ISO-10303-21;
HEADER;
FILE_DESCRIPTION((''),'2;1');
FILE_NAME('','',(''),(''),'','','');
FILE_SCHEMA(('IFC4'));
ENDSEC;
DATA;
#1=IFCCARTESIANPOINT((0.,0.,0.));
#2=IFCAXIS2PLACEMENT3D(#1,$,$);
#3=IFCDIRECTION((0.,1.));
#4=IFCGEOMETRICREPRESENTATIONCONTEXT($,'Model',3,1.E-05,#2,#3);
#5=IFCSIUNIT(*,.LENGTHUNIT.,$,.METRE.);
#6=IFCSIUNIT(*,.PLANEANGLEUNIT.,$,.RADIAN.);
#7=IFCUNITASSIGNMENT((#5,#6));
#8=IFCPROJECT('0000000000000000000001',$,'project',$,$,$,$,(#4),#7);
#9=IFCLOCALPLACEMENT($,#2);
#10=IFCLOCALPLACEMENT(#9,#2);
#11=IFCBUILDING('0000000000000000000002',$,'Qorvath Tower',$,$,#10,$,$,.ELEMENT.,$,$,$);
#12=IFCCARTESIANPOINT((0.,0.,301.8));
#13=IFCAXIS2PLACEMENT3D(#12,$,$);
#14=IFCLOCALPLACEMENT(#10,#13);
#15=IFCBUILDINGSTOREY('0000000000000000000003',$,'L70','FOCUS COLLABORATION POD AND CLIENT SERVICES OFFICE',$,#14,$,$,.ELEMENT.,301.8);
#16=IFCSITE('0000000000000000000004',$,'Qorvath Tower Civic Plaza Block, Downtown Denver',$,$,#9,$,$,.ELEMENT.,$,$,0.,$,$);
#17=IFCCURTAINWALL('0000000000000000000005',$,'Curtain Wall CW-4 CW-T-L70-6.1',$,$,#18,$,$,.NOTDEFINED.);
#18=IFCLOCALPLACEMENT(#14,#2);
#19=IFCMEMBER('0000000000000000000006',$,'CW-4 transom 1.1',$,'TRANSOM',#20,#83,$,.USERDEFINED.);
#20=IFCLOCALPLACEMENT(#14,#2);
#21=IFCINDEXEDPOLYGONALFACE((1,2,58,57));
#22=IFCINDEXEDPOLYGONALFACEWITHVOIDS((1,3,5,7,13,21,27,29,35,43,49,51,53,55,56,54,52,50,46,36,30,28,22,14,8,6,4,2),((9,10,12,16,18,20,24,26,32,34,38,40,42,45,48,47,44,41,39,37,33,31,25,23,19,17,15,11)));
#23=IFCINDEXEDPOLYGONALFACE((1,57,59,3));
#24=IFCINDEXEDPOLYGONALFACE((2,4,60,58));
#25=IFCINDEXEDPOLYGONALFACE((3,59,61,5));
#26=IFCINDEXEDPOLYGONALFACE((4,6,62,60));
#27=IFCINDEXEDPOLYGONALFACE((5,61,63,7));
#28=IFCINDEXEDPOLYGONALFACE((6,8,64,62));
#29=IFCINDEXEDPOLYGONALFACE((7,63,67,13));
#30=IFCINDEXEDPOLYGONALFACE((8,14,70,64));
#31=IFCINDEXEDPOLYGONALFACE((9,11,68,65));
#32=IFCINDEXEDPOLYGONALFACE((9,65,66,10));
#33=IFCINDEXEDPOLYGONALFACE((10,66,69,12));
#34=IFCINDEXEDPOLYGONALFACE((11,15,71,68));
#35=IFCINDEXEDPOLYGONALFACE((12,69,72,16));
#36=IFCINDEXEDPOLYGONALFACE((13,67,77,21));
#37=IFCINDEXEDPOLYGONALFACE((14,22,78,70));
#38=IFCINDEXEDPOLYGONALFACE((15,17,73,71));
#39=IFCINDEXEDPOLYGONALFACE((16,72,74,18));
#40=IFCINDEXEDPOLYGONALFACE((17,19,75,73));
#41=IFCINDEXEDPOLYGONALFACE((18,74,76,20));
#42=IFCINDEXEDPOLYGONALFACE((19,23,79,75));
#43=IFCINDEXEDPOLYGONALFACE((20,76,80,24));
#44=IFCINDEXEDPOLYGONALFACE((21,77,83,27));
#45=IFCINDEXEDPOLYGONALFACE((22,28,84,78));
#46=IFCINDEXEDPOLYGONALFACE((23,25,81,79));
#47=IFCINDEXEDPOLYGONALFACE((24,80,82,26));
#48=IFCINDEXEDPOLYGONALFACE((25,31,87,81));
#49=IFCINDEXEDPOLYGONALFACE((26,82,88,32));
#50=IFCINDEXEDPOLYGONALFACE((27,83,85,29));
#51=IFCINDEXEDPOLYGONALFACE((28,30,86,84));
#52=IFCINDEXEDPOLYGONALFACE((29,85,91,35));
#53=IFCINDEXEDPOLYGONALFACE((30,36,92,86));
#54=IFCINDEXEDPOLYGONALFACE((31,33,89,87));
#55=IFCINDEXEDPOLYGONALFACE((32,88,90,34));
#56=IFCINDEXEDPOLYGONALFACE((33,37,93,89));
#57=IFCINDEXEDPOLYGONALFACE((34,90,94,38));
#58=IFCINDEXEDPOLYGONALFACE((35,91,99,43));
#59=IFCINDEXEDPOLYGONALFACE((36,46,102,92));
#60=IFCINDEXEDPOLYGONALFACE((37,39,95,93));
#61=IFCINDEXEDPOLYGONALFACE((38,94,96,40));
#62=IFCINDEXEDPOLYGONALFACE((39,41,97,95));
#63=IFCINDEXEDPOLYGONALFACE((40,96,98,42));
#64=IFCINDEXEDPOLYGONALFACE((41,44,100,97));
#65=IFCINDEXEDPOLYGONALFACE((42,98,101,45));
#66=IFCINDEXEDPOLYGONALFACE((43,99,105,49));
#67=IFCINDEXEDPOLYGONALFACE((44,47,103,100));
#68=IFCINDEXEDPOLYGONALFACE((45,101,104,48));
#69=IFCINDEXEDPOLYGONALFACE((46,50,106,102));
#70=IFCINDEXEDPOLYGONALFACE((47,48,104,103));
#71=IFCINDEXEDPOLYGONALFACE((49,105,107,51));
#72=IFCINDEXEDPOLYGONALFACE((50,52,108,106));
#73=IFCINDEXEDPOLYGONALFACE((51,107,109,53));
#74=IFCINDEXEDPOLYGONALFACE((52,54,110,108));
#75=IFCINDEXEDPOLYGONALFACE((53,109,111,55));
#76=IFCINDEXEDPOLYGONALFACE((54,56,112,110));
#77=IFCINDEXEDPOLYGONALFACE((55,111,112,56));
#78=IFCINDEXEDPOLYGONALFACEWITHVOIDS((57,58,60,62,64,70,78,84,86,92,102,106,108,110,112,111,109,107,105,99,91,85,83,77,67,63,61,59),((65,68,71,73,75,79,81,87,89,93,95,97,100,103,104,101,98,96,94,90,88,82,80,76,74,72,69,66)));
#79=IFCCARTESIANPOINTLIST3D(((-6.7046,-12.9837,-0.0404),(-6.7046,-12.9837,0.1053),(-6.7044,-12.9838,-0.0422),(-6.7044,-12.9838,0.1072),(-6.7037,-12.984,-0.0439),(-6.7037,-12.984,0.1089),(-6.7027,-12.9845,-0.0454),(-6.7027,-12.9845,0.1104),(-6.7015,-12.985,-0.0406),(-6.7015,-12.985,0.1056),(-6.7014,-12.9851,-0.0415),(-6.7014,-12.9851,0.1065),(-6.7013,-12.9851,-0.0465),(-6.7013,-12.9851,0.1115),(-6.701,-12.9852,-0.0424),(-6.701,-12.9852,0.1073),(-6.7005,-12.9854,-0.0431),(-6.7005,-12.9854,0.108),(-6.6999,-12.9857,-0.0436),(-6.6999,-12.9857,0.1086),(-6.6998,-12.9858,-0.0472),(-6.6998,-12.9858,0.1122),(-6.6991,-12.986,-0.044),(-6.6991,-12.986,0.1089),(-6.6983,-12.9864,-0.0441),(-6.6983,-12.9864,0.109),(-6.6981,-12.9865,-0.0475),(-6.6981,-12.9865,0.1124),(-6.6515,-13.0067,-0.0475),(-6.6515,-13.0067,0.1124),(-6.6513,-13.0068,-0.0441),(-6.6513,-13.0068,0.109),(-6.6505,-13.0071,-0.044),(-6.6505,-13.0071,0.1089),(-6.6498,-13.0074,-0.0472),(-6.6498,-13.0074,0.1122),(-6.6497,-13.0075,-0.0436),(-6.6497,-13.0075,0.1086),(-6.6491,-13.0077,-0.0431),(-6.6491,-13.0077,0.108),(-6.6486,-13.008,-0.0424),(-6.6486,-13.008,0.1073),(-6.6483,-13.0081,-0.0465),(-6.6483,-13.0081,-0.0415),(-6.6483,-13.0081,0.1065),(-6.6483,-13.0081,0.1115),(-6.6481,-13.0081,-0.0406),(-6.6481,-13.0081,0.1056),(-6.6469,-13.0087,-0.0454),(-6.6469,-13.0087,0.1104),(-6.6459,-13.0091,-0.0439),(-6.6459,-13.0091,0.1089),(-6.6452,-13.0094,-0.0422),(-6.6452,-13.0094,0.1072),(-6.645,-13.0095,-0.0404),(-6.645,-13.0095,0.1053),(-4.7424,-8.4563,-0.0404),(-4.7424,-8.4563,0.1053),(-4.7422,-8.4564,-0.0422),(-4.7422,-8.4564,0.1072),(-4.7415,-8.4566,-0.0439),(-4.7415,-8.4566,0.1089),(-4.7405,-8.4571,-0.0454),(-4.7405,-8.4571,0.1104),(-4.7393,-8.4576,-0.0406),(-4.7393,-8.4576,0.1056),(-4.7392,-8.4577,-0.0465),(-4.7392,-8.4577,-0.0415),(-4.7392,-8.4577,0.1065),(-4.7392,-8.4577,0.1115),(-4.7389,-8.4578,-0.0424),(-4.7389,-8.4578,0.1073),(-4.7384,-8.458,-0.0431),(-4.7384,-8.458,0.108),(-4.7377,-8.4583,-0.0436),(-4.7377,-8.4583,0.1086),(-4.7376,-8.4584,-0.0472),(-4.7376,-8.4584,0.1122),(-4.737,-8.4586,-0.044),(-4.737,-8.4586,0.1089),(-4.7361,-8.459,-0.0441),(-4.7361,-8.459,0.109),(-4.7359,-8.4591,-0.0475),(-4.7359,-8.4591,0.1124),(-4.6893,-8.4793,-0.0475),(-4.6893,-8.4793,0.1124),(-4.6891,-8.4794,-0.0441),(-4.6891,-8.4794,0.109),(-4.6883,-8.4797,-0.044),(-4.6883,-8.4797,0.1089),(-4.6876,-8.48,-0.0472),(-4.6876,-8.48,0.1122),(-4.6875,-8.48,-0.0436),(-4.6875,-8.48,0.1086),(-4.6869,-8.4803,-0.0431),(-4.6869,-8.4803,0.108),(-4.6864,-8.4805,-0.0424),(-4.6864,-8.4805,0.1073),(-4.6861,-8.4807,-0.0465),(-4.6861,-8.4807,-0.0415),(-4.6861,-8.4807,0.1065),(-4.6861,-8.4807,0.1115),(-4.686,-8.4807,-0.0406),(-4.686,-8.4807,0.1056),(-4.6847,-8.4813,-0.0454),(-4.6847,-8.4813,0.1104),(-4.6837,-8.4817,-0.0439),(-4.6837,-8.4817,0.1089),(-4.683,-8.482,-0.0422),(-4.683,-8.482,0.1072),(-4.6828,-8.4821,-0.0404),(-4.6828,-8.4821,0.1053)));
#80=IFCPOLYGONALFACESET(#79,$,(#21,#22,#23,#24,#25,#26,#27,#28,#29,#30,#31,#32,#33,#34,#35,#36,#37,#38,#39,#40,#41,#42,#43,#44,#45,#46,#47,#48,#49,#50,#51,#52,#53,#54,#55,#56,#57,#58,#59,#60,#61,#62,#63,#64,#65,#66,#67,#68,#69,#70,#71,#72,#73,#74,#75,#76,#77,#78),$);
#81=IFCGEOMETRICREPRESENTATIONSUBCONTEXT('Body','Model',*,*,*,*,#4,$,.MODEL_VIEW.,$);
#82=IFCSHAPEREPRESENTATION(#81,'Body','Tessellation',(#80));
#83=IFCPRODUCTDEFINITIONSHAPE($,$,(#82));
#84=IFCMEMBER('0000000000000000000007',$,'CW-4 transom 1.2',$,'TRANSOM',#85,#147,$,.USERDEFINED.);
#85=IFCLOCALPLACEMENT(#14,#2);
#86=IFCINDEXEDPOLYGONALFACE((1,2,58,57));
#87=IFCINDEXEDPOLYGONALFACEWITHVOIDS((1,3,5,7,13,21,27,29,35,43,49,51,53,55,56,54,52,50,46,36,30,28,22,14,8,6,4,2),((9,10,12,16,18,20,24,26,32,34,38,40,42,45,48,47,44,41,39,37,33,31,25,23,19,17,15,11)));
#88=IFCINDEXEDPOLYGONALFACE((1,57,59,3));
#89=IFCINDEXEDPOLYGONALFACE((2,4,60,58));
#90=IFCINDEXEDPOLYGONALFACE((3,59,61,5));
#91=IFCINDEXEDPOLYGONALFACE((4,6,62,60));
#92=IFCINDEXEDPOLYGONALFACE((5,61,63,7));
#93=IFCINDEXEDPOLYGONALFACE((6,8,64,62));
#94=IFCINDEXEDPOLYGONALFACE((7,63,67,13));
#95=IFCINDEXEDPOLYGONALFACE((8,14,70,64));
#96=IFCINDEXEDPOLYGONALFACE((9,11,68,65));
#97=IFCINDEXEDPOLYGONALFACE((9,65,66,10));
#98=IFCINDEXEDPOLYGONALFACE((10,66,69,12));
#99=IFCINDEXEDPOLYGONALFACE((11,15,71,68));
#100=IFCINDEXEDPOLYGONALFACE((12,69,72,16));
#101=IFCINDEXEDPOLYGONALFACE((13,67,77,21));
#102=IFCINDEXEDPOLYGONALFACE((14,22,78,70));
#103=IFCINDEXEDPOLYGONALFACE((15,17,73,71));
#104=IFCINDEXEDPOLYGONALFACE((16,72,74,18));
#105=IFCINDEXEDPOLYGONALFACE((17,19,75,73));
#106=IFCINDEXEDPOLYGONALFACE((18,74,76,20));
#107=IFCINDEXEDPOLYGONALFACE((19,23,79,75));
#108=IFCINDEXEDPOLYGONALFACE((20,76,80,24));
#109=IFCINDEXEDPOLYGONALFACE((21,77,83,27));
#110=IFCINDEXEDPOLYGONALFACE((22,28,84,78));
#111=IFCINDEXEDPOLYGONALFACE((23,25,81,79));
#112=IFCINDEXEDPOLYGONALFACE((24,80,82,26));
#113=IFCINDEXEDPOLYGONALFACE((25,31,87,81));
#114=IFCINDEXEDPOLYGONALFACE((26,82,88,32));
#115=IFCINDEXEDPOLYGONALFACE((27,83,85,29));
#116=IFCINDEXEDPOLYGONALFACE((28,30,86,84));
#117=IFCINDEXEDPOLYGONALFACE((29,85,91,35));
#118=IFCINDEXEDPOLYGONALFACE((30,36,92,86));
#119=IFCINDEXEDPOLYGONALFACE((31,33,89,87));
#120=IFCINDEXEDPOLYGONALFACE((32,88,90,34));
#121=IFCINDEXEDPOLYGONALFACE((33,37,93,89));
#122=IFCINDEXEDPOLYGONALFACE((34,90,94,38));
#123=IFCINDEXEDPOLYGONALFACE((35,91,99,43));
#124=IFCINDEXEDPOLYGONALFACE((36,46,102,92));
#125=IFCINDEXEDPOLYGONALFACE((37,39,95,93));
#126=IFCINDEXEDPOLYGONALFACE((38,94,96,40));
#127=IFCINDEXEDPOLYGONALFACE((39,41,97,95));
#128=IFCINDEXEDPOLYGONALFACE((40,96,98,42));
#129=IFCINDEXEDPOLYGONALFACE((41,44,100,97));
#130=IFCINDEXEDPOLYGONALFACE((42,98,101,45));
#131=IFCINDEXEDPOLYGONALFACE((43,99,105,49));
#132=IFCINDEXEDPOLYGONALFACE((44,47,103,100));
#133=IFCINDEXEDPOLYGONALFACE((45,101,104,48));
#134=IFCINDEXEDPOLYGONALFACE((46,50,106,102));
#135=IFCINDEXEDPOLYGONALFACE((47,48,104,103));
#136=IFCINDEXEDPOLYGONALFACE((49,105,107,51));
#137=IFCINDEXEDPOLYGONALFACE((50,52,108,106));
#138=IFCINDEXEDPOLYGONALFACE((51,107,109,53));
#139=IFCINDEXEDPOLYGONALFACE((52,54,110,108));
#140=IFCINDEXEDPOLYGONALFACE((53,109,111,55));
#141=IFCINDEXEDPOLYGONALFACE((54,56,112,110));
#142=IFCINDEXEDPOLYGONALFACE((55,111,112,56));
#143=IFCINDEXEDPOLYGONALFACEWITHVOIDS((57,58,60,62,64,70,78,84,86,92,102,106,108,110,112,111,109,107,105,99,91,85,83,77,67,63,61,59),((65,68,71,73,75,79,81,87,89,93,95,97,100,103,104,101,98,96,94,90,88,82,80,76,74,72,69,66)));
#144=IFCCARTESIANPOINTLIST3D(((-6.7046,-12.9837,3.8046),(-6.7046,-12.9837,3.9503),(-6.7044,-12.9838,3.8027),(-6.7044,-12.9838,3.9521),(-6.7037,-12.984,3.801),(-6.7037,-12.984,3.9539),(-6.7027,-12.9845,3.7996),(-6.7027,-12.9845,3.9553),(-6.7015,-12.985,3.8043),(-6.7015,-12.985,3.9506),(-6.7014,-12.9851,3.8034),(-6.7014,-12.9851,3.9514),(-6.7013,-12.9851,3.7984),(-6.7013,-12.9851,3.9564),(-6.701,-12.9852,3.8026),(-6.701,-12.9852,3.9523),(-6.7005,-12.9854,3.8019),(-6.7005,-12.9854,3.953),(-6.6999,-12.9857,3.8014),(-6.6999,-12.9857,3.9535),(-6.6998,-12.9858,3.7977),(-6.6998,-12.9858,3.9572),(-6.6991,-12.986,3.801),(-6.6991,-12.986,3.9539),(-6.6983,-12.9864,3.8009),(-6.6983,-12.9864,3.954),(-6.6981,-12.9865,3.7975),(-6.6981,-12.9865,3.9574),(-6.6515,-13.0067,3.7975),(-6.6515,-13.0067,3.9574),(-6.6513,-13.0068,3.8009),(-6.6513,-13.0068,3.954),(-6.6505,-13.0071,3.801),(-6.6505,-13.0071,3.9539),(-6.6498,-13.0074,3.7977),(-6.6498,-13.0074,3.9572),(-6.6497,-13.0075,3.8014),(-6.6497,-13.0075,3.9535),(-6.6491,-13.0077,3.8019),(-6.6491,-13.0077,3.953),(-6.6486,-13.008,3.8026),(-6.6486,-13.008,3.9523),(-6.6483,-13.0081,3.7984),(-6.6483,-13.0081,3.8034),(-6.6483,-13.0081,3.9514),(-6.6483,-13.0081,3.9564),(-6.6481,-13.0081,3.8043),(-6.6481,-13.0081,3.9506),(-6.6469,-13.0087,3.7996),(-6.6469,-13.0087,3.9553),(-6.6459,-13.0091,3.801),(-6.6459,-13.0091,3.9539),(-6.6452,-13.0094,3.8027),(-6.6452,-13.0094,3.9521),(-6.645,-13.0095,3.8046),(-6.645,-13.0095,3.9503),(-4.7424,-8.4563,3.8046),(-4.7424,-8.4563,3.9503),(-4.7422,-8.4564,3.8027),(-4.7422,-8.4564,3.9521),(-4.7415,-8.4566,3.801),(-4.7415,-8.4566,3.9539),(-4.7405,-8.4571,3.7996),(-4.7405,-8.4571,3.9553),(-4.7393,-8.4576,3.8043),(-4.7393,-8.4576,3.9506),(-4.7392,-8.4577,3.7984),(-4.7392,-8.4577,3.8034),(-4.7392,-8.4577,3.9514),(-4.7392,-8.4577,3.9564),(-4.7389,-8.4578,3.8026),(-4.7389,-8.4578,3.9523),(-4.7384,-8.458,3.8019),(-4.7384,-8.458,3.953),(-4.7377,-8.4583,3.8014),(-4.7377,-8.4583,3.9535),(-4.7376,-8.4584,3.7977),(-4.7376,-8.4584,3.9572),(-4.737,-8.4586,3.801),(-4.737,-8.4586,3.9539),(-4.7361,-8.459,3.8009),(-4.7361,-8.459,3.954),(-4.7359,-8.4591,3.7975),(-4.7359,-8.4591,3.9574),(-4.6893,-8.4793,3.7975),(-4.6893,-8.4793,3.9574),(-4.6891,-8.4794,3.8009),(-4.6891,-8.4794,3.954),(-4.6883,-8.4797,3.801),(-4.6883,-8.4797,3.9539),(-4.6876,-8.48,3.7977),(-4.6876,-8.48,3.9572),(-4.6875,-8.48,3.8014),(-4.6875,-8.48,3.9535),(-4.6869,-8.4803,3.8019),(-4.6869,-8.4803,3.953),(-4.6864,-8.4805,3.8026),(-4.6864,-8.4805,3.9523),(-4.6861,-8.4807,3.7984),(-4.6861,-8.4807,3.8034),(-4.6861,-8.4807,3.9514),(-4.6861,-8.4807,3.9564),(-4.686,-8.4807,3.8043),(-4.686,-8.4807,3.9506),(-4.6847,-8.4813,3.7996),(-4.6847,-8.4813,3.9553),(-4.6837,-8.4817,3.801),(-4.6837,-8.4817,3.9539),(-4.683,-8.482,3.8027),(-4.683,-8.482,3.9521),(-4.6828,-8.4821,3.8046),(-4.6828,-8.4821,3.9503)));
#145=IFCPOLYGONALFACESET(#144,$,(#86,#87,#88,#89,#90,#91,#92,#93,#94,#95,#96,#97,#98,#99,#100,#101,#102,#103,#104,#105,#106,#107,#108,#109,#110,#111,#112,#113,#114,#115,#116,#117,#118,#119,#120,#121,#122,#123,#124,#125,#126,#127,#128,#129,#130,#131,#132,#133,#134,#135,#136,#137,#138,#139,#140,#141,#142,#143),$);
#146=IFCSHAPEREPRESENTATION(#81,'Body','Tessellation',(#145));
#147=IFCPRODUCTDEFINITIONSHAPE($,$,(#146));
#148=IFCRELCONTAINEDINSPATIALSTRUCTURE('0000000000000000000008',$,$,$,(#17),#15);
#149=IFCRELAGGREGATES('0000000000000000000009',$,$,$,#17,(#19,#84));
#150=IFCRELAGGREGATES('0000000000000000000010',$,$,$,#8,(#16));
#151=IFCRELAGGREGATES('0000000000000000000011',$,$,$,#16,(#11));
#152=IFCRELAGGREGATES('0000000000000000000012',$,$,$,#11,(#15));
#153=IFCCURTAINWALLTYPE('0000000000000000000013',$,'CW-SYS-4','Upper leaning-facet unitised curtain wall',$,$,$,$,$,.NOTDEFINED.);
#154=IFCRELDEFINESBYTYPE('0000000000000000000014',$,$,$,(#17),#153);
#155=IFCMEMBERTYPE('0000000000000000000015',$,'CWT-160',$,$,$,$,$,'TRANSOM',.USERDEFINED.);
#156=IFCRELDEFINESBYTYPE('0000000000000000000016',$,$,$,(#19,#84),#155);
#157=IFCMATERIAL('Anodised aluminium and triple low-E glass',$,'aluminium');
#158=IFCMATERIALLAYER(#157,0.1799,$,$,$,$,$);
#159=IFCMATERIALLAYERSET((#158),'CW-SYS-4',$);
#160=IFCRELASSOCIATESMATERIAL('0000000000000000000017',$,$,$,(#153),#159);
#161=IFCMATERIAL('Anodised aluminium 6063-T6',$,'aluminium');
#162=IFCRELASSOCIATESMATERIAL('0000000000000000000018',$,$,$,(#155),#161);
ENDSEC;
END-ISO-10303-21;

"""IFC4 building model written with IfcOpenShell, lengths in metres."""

from ifc_helpers import new_model, si_unit, direction, frame, origin, origin_2d, place, context, subcontext, project, spatial, hollow_rectangle, extrude, material, layer, layer_set, material_profile, profile_set, type_object, element, aggregate, save


model = new_model("IFC4")

# Units and contexts
model_context = context("Model", 3, precision=1e-05, world=origin(), true_north=direction((0.0, 1.0)))
body_context = subcontext(model_context, "Body", "Model", "MODEL_VIEW")
ifc_project = project(units=[si_unit("LENGTHUNIT", "METRE"), si_unit("PLANEANGLEUNIT", "RADIAN")], contexts=[model_context])

# Site, building, storey
site_placement = place(None, origin())
site = spatial("IfcSite", under=ifc_project, at=site_placement, Name="Qorvath Tower Civic Plaza Block, Downtown Denver", CompositionType="ELEMENT", RefElevation=0.0)
building_placement = place(site_placement, origin())
building = spatial("IfcBuilding", under=site, at=building_placement, Name="Qorvath Tower", CompositionType="ELEMENT")
storey_placement = place(building_placement, frame((0.0, 0.0, 301.8)))
storey = spatial("IfcBuildingStorey", under=building, at=storey_placement, Name="L70", Description="FOCUS COLLABORATION POD AND CLIENT SERVICES OFFICE", CompositionType="ELEMENT", Elevation=301.8)

# Shared definitions
ifc_material_1 = material(Name="Anodised aluminium and triple low-E glass", Category="aluminium")
ifc_layer_1 = layer(ifc_material_1, 0.1799)
ifc_layer_set_1 = layer_set([ifc_layer_1], Name="CW-SYS-4")
curtain_wall_type = type_object("IfcCurtainWallType", Name="CW-SYS-4", Description="Upper leaning-facet unitised curtain wall", PredefinedType="NOTDEFINED", material=ifc_layer_set_1)

# Curtain wall
curtain_wall_1_placement = place(storey_placement, origin())
curtain_wall_1 = element("IfcCurtainWall", 1, at=curtain_wall_1_placement, inside=storey, type_object=curtain_wall_type, Name="Curtain Wall CW-4 CW-T-L70-6.1", PredefinedType="NOTDEFINED")

# Members
ifc_material_2 = material(Name="Anodised aluminium 6063-T6", Category="aluminium")
ifc_material_profile_1 = material_profile(ifc_material_2, hollow_rectangle(XDim=0.0649, YDim=0.1599, WallThickness=0.0034, InnerFilletRadius=0.0034, OuterFilletRadius=0.0071, at=origin_2d()), Name="CWT 160x65")
ifc_profile_set_1 = profile_set([ifc_material_profile_1], Name="Anodised aluminium 6063-T6")
member_type_1 = type_object("IfcMemberType", Name="CWT-160", ElementType="TRANSOM", PredefinedType="USERDEFINED", material=ifc_profile_set_1)
member_1_placement = place(storey_placement, frame((-6.6748, -12.9966, 0.0325), z_axis=(0.39766, 0.917533, 0.0), x_axis=(-0.917533, 0.39766, 0.0)))
member_1 = element("IfcMember", 2, at=member_1_placement, type_object=member_type_1, Name="CW-4 transom 1.1", ObjectType="TRANSOM", PredefinedType="USERDEFINED", context=body_context, shape_type="SweptSolid", body=[
    extrude(hollow_rectangle(XDim=0.0649, YDim=0.1599, WallThickness=0.0034, InnerFilletRadius=0.0034, OuterFilletRadius=0.0071, at=origin_2d()), origin(), (0.0, 0.0, 1.0), 4.9343),
])
member_2_placement = place(storey_placement, frame((-6.6748, -12.9966, 3.8774), z_axis=(0.39766, 0.917533, 0.0), x_axis=(-0.917533, 0.39766, 0.0)))
member_2 = element("IfcMember", 3, at=member_2_placement, type_object=member_type_1, Name="CW-4 transom 1.2", ObjectType="TRANSOM", PredefinedType="USERDEFINED", context=body_context, shape_type="SweptSolid", body=[
    extrude(hollow_rectangle(XDim=0.0649, YDim=0.1599, WallThickness=0.0034, InnerFilletRadius=0.0034, OuterFilletRadius=0.0071, at=origin_2d()), origin(), (0.0, 0.0, 1.0), 4.9343),
])

aggregate(curtain_wall_1, [member_1, member_2])

save(model, "model.ifc")
